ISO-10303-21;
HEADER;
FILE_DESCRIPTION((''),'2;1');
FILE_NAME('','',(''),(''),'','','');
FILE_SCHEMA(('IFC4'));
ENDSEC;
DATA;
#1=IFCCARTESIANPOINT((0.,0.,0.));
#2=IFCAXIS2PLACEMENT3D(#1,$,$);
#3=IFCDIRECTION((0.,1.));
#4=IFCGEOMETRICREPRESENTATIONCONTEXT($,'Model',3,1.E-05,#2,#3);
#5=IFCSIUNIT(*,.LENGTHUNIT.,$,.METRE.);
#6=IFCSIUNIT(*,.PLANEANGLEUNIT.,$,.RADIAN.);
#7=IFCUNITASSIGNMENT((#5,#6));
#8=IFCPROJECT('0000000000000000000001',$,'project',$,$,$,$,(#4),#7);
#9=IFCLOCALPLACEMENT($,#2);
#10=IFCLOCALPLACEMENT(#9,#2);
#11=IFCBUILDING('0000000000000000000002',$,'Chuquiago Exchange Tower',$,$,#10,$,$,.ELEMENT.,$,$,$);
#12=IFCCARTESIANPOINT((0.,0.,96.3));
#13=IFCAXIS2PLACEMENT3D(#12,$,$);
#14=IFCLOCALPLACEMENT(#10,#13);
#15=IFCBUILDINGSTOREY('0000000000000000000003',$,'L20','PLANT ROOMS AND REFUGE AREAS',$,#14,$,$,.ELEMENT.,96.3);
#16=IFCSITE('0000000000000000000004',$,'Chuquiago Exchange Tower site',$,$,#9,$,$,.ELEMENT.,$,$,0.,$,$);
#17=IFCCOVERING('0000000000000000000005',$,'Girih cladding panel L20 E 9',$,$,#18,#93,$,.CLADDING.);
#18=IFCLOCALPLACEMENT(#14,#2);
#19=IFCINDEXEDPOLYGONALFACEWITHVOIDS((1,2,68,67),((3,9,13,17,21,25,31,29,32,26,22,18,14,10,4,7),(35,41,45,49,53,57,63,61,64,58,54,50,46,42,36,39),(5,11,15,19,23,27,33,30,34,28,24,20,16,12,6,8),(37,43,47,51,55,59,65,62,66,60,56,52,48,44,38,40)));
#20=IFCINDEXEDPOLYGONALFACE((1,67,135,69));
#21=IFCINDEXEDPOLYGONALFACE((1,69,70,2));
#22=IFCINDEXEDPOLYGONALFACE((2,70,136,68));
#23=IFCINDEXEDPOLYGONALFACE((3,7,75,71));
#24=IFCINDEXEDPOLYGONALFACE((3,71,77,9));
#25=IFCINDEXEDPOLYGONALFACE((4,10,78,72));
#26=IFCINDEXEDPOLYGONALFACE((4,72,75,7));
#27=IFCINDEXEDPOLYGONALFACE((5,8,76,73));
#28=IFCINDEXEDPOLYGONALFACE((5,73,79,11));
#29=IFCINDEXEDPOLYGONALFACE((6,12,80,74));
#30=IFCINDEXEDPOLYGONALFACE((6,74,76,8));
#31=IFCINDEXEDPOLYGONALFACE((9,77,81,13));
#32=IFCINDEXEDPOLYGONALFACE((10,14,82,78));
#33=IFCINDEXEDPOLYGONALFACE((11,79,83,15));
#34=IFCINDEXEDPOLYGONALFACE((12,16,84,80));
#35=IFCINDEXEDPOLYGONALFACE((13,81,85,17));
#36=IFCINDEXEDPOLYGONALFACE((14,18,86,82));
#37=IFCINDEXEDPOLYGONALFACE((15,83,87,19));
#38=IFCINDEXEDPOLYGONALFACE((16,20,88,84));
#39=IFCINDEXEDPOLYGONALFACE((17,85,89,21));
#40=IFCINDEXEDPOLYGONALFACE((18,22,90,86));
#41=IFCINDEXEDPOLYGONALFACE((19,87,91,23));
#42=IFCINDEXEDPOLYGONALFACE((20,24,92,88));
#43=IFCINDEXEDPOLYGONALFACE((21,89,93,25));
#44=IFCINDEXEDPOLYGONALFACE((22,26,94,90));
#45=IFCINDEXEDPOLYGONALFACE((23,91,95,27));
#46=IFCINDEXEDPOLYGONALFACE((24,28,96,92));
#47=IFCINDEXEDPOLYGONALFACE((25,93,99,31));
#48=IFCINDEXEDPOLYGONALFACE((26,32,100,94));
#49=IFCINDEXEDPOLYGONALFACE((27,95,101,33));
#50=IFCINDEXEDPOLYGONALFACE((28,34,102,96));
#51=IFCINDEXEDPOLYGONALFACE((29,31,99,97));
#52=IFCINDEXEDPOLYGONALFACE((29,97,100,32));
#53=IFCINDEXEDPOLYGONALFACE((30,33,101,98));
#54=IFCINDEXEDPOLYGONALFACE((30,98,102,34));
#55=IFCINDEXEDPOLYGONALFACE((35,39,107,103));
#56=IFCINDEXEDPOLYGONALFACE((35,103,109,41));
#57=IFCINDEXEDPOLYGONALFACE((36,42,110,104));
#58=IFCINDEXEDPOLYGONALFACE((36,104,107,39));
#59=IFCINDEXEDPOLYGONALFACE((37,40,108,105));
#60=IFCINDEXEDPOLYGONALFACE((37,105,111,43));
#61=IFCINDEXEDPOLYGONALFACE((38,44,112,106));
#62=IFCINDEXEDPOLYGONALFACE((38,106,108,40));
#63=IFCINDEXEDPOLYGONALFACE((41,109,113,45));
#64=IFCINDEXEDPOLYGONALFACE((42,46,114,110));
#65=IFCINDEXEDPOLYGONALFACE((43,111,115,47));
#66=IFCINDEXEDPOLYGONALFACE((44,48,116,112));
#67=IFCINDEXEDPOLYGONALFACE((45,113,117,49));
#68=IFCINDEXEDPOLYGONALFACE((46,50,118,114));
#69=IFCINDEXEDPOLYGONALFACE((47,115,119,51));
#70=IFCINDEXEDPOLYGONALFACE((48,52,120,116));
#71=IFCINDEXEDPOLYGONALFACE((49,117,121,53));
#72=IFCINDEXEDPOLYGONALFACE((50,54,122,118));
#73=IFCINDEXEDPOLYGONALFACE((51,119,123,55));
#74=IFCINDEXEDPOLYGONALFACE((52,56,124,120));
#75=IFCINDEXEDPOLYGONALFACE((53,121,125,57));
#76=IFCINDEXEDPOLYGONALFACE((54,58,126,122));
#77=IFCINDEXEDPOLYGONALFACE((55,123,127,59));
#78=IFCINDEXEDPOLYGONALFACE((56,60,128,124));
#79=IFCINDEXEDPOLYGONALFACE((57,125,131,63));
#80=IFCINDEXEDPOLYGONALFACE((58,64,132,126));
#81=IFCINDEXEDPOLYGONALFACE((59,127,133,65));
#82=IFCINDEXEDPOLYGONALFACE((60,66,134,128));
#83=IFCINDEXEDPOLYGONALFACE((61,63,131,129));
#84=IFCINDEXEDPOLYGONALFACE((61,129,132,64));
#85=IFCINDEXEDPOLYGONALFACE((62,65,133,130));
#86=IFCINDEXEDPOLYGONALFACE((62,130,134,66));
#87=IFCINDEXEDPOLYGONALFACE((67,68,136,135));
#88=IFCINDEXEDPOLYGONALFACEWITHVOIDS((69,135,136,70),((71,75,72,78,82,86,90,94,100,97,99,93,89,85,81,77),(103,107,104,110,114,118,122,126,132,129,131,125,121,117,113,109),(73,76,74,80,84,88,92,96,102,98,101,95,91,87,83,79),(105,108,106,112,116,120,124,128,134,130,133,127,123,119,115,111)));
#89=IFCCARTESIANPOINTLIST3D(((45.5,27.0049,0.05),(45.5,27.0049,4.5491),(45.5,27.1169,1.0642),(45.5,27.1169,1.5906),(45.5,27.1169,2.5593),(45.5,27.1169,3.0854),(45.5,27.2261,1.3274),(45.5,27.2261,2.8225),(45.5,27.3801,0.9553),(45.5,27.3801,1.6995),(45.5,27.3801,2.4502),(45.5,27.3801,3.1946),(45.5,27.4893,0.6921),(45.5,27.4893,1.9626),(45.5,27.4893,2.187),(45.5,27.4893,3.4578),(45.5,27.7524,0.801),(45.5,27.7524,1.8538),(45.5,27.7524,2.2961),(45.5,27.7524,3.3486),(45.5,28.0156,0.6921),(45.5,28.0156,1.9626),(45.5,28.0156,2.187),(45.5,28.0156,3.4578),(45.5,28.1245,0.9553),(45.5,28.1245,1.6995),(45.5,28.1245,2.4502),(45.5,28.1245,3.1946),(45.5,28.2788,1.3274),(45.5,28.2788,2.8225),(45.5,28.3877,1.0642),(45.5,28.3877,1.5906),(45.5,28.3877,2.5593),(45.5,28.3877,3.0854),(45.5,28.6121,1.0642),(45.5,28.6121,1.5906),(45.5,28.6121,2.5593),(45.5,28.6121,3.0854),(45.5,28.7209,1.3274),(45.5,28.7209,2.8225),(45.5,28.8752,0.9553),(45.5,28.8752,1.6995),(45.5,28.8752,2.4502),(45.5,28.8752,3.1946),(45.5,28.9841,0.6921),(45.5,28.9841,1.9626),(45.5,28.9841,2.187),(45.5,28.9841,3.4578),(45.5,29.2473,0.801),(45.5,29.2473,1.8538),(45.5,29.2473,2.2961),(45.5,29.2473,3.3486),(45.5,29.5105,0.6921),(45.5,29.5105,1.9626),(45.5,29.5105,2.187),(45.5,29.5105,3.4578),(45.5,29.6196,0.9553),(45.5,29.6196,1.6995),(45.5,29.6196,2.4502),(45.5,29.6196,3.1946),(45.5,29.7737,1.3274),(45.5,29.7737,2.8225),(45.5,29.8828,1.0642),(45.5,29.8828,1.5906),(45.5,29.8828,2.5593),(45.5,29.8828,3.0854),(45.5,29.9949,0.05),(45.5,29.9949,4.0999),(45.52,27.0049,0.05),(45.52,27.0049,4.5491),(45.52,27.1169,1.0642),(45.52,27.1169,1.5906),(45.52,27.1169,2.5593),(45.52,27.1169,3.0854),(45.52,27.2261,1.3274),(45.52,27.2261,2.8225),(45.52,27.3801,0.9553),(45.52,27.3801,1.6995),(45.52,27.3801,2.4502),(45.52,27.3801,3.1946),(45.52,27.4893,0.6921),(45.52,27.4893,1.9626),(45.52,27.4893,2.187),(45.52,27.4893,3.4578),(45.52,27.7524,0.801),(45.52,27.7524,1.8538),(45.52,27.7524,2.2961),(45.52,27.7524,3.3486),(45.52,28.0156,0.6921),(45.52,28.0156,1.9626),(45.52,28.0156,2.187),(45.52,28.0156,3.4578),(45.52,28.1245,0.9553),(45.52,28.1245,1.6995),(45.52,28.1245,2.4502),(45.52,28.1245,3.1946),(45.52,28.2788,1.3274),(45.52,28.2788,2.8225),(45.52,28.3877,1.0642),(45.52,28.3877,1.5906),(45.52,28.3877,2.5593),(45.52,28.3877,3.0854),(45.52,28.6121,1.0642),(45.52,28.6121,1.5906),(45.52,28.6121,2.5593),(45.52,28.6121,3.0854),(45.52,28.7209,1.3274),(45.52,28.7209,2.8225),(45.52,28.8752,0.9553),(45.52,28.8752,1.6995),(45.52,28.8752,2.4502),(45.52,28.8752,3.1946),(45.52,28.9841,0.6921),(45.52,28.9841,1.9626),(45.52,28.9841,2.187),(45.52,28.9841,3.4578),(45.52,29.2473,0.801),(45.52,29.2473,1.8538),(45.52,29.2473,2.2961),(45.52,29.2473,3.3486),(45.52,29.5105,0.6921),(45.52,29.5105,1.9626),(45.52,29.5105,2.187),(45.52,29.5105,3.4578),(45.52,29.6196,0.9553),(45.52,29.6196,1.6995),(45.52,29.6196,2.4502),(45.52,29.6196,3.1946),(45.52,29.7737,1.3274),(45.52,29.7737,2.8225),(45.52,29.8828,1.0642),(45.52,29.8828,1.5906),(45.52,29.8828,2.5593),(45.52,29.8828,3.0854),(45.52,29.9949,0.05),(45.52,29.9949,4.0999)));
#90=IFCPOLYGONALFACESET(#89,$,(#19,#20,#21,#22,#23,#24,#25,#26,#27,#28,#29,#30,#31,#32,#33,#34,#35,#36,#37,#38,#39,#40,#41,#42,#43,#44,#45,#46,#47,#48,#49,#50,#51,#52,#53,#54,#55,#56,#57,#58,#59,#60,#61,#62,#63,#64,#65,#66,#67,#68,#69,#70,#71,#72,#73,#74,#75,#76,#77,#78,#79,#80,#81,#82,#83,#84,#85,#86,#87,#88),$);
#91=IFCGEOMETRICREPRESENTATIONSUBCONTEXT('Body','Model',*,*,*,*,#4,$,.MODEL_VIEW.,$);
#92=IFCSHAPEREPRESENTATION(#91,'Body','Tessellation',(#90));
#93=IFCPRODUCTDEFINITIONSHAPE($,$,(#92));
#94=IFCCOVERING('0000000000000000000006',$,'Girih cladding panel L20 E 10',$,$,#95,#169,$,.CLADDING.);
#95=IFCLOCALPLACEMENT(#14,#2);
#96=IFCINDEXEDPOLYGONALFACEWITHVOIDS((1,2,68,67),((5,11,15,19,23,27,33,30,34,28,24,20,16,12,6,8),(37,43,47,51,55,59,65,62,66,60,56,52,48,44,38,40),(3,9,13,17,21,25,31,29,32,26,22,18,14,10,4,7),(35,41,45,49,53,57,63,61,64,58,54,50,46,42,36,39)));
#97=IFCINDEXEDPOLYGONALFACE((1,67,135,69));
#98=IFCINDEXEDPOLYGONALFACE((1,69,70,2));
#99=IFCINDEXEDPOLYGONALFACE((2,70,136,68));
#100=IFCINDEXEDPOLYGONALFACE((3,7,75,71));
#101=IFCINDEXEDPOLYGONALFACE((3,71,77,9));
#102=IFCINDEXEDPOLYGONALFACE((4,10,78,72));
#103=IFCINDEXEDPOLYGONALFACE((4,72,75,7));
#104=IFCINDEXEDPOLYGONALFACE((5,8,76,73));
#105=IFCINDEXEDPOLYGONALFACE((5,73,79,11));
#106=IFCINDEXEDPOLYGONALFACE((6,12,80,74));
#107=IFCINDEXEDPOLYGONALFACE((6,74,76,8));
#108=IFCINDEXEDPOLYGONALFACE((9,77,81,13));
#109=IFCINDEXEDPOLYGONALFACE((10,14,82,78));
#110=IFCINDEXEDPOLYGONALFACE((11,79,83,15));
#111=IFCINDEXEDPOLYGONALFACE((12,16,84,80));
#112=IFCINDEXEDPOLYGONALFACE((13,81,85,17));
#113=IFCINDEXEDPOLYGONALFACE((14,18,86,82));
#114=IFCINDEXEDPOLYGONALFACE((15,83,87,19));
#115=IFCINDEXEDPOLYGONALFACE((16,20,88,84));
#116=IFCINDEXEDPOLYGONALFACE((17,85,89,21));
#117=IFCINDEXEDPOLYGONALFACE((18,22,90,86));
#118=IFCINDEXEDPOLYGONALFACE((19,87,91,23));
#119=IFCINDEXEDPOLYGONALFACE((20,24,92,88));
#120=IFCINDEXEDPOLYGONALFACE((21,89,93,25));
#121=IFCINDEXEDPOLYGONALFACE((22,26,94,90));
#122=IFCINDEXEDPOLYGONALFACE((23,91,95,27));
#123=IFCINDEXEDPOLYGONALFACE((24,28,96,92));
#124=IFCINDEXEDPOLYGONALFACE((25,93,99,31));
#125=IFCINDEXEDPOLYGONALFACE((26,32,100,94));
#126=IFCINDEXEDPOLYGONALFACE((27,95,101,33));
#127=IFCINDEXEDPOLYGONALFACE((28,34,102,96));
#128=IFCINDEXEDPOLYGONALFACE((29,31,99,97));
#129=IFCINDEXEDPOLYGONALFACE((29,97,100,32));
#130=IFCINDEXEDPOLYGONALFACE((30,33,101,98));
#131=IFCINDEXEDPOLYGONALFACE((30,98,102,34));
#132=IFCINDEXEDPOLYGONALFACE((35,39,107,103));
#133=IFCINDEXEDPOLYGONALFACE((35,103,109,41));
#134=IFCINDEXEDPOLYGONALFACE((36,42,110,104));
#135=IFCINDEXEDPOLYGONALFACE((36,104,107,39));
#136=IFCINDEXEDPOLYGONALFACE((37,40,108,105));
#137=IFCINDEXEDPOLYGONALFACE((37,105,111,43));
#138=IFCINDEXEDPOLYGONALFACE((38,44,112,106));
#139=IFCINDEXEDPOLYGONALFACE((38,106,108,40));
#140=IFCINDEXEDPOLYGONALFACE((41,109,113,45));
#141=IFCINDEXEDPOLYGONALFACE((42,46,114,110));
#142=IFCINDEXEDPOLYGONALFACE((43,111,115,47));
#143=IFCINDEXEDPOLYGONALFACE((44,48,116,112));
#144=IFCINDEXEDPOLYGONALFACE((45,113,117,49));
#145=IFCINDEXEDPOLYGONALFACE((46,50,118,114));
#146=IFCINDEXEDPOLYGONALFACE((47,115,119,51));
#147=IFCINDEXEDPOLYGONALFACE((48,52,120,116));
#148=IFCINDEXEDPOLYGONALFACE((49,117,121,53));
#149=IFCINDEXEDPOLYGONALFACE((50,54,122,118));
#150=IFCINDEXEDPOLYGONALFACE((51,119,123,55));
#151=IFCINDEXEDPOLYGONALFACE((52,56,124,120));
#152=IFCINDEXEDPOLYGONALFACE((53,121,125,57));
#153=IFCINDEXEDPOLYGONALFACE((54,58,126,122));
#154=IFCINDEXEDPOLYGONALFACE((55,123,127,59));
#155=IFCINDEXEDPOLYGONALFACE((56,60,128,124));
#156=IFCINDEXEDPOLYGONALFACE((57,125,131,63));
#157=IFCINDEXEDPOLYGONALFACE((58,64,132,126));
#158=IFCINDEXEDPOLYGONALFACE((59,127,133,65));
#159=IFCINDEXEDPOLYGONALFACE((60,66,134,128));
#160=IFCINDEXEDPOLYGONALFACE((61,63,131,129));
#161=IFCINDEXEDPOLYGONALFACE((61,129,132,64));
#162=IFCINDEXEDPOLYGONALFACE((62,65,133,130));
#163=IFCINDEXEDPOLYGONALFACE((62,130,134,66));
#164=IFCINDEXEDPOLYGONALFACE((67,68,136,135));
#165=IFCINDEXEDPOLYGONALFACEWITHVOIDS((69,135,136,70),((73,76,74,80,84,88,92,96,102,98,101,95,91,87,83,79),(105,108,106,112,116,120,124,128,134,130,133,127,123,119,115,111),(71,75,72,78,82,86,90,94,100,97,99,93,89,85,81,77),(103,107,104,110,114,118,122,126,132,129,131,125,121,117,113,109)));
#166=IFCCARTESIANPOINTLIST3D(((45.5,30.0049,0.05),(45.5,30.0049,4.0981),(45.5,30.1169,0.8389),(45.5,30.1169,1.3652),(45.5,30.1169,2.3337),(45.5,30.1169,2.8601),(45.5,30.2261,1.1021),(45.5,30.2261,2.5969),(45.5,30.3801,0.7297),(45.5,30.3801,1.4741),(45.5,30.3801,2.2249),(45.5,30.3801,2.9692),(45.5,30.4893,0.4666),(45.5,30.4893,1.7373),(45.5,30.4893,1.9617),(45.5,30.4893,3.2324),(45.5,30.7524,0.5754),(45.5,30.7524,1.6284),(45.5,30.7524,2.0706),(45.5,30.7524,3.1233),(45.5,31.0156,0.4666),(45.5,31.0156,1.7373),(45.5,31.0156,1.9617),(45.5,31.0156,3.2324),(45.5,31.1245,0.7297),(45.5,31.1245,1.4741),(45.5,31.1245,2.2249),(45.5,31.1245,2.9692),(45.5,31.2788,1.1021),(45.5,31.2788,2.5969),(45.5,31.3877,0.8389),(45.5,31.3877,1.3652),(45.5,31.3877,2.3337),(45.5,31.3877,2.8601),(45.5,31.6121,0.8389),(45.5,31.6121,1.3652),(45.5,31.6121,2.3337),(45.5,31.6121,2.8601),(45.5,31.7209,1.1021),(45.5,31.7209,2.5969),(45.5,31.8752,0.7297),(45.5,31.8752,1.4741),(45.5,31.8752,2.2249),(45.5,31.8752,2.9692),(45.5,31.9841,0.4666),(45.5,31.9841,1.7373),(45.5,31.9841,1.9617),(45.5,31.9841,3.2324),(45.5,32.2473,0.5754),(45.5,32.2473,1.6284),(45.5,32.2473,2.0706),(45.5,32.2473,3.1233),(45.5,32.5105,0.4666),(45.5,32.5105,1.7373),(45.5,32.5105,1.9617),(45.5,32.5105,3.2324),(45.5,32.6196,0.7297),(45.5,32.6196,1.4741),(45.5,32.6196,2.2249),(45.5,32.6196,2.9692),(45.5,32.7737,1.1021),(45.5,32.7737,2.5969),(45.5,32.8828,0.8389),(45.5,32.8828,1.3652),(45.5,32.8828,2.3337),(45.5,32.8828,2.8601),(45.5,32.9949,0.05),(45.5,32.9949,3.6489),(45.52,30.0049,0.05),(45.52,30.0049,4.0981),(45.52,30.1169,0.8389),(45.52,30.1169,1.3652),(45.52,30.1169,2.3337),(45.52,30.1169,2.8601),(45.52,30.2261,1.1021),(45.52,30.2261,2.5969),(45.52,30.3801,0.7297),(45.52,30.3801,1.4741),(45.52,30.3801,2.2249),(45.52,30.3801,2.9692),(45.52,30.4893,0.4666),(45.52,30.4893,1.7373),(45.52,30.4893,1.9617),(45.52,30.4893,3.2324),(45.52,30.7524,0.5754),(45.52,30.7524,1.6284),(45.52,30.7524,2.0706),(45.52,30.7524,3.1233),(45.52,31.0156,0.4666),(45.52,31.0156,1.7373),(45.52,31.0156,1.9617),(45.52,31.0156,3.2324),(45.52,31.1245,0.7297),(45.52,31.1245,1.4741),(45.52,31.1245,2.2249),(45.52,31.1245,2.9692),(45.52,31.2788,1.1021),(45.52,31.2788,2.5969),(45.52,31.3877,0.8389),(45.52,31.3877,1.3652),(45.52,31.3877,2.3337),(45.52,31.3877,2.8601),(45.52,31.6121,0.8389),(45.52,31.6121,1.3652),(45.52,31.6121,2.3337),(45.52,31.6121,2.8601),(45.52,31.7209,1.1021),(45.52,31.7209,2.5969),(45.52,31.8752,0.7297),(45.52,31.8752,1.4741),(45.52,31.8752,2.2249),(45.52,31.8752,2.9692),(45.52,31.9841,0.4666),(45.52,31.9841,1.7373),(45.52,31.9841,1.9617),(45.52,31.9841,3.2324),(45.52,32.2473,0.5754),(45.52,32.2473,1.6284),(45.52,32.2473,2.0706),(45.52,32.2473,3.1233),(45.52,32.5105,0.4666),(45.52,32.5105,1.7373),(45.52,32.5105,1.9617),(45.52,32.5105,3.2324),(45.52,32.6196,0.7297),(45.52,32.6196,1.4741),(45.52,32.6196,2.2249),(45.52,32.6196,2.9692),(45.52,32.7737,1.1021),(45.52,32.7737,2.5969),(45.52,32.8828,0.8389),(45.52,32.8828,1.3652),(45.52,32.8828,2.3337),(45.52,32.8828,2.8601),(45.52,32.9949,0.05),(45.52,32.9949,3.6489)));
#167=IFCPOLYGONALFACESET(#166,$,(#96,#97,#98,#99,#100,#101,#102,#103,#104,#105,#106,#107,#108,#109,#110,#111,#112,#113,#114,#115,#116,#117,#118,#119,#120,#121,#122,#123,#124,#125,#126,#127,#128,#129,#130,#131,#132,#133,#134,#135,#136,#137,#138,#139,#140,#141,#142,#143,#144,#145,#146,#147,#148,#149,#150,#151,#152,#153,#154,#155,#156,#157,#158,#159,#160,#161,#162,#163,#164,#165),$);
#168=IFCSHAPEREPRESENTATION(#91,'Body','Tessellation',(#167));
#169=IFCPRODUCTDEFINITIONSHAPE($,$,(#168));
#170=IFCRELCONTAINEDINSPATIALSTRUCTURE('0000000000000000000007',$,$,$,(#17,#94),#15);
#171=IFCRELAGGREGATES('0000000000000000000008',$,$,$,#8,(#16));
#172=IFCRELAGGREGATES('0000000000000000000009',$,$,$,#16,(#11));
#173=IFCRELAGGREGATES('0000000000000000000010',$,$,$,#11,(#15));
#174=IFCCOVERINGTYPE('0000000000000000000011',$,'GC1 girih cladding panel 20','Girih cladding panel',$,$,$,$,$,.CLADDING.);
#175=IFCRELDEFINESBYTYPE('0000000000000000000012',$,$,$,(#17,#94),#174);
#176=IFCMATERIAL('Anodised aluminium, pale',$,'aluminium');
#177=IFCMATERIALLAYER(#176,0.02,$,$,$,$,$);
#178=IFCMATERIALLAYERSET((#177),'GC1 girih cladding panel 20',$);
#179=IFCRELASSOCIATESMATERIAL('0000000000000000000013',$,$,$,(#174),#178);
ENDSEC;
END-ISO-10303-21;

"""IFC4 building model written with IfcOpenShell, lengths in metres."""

from ifc_helpers import new_model, si_unit, direction, frame, origin, place, context, subcontext, project, spatial, polyline, outline, extrude, material, layer, layer_set, type_object, element, save


model = new_model("IFC4")

# Units and contexts
model_context = context("Model", 3, precision=1e-05, world=origin(), true_north=direction((0.0, 1.0)))
body_context = subcontext(model_context, "Body", "Model", "MODEL_VIEW")
ifc_project = project(units=[si_unit("LENGTHUNIT", "METRE"), si_unit("PLANEANGLEUNIT", "RADIAN")], contexts=[model_context])

# Site, building, storey
site_placement = place(None, origin())
site = spatial("IfcSite", under=ifc_project, at=site_placement, Name="Chuquiago Exchange Tower site", CompositionType="ELEMENT", RefElevation=0.0)
building_placement = place(site_placement, origin())
building = spatial("IfcBuilding", under=site, at=building_placement, Name="Chuquiago Exchange Tower", CompositionType="ELEMENT")
storey_placement = place(building_placement, frame((0.0, 0.0, 96.3)))
storey = spatial("IfcBuildingStorey", under=building, at=storey_placement, Name="L20", Description="PLANT ROOMS AND REFUGE AREAS", CompositionType="ELEMENT", Elevation=96.3)

# Coverings
ifc_material_1 = material(Name="Anodised aluminium, pale", Category="aluminium")
ifc_layer_1 = layer(ifc_material_1, 0.02)
ifc_layer_set_1 = layer_set([ifc_layer_1], Name="GC1 girih cladding panel 20")
covering_type_1 = type_object("IfcCoveringType", Name="GC1 girih cladding panel 20", Description="Girih cladding panel", PredefinedType="CLADDING", material=ifc_layer_set_1)
covering_1_placement = place(storey_placement, frame((45.5, 27.0049, 0.05), z_axis=(0.0, 0.0, 1.0), x_axis=(0.0, 1.0, 0.0)))
element("IfcCovering", 1, at=covering_1_placement, inside=storey, type_object=covering_type_1, Name="Girih cladding panel L20 E 9", PredefinedType="CLADDING", context=body_context, shape_type="SweptSolid", body=[
    extrude(outline(polyline([(0.0, 0.0), (2.99, 0.0), (2.99, 4.0498), (0.0, 4.499), (0.0, 0.0)]), holes=[polyline([(1.2739, 1.2773), (1.3828, 1.5405), (1.1196, 1.6494), (1.0107, 1.9126), (0.7476, 1.8037), (0.4844, 1.9126), (0.3752, 1.6494), (0.1121, 1.5405), (0.2212, 1.2773), (0.1121, 1.0142), (0.3752, 0.9053), (0.4844, 0.6421), (0.7476, 0.751), (1.0107, 0.6421), (1.1196, 0.9053), (1.3828, 1.0142), (1.2739, 1.2773)]), polyline([(2.7688, 1.2773), (2.8779, 1.5405), (2.6147, 1.6494), (2.5056, 1.9126), (2.2424, 1.8037), (1.9792, 1.9126), (1.8704, 1.6494), (1.6072, 1.5405), (1.7161, 1.2773), (1.6072, 1.0142), (1.8704, 0.9053), (1.9792, 0.6421), (2.2424, 0.751), (2.5056, 0.6421), (2.6147, 0.9053), (2.8779, 1.0142), (2.7688, 1.2773)]), polyline([(1.2739, 2.7725), (1.3828, 3.0354), (1.1196, 3.1445), (1.0107, 3.4077), (0.7476, 3.2986), (0.4844, 3.4077), (0.3752, 3.1445), (0.1121, 3.0354), (0.2212, 2.7725), (0.1121, 2.5093), (0.3752, 2.4001), (0.4844, 2.137), (0.7476, 2.2461), (1.0107, 2.137), (1.1196, 2.4001), (1.3828, 2.5093), (1.2739, 2.7725)]), polyline([(2.7688, 2.7725), (2.8779, 3.0354), (2.6147, 3.1445), (2.5056, 3.4077), (2.2424, 3.2986), (1.9792, 3.4077), (1.8704, 3.1445), (1.6072, 3.0354), (1.7161, 2.7725), (1.6072, 2.5093), (1.8704, 2.4001), (1.9792, 2.137), (2.2424, 2.2461), (2.5056, 2.137), (2.6147, 2.4001), (2.8779, 2.5093), (2.7688, 2.7725)])]), frame((0.0, 0.0, 0.0), z_axis=(0.0, -1.0, 0.0), x_axis=(1.0, 0.0, 0.0)), (0.0, 0.0, 1.0), 0.02),
])
covering_2_placement = place(storey_placement, frame((45.5, 30.0049, 0.05), z_axis=(0.0, 0.0, 1.0), x_axis=(0.0, 1.0, 0.0)))
element("IfcCovering", 2, at=covering_2_placement, inside=storey, type_object=covering_type_1, Name="Girih cladding panel L20 E 10", PredefinedType="CLADDING", context=body_context, shape_type="SweptSolid", body=[
    extrude(outline(polyline([(0.0, 0.0), (2.99, 0.0), (2.99, 3.5989), (0.0, 4.0481), (0.0, 0.0)]), holes=[polyline([(1.2739, 1.052), (1.3828, 1.3152), (1.1196, 1.4241), (1.0107, 1.6873), (0.7476, 1.5784), (0.4844, 1.6873), (0.3752, 1.4241), (0.1121, 1.3152), (0.2212, 1.052), (0.1121, 0.7888), (0.3752, 0.6797), (0.4844, 0.4165), (0.7476, 0.5254), (1.0107, 0.4165), (1.1196, 0.6797), (1.3828, 0.7888), (1.2739, 1.052)]), polyline([(2.7688, 1.052), (2.8779, 1.3152), (2.6147, 1.4241), (2.5056, 1.6873), (2.2424, 1.5784), (1.9792, 1.6873), (1.8704, 1.4241), (1.6072, 1.3152), (1.7161, 1.052), (1.6072, 0.7888), (1.8704, 0.6797), (1.9792, 0.4165), (2.2424, 0.5254), (2.5056, 0.4165), (2.6147, 0.6797), (2.8779, 0.7888), (2.7688, 1.052)]), polyline([(1.2739, 2.5469), (1.3828, 2.8101), (1.1196, 2.9192), (1.0107, 3.1824), (0.7476, 3.0732), (0.4844, 3.1824), (0.3752, 2.9192), (0.1121, 2.8101), (0.2212, 2.5469), (0.1121, 2.2837), (0.3752, 2.1748), (0.4844, 1.9116), (0.7476, 2.0205), (1.0107, 1.9116), (1.1196, 2.1748), (1.3828, 2.2837), (1.2739, 2.5469)]), polyline([(2.7688, 2.5469), (2.8779, 2.8101), (2.6147, 2.9192), (2.5056, 3.1824), (2.2424, 3.0732), (1.9792, 3.1824), (1.8704, 2.9192), (1.6072, 2.8101), (1.7161, 2.5469), (1.6072, 2.2837), (1.8704, 2.1748), (1.9792, 1.9116), (2.2424, 2.0205), (2.5056, 1.9116), (2.6147, 2.1748), (2.8779, 2.2837), (2.7688, 2.5469)])]), frame((0.0, 0.0, 0.0), z_axis=(0.0, -1.0, 0.0), x_axis=(1.0, 0.0, 0.0)), (0.0, 0.0, 1.0), 0.02),
])

save(model, "model.ifc")
